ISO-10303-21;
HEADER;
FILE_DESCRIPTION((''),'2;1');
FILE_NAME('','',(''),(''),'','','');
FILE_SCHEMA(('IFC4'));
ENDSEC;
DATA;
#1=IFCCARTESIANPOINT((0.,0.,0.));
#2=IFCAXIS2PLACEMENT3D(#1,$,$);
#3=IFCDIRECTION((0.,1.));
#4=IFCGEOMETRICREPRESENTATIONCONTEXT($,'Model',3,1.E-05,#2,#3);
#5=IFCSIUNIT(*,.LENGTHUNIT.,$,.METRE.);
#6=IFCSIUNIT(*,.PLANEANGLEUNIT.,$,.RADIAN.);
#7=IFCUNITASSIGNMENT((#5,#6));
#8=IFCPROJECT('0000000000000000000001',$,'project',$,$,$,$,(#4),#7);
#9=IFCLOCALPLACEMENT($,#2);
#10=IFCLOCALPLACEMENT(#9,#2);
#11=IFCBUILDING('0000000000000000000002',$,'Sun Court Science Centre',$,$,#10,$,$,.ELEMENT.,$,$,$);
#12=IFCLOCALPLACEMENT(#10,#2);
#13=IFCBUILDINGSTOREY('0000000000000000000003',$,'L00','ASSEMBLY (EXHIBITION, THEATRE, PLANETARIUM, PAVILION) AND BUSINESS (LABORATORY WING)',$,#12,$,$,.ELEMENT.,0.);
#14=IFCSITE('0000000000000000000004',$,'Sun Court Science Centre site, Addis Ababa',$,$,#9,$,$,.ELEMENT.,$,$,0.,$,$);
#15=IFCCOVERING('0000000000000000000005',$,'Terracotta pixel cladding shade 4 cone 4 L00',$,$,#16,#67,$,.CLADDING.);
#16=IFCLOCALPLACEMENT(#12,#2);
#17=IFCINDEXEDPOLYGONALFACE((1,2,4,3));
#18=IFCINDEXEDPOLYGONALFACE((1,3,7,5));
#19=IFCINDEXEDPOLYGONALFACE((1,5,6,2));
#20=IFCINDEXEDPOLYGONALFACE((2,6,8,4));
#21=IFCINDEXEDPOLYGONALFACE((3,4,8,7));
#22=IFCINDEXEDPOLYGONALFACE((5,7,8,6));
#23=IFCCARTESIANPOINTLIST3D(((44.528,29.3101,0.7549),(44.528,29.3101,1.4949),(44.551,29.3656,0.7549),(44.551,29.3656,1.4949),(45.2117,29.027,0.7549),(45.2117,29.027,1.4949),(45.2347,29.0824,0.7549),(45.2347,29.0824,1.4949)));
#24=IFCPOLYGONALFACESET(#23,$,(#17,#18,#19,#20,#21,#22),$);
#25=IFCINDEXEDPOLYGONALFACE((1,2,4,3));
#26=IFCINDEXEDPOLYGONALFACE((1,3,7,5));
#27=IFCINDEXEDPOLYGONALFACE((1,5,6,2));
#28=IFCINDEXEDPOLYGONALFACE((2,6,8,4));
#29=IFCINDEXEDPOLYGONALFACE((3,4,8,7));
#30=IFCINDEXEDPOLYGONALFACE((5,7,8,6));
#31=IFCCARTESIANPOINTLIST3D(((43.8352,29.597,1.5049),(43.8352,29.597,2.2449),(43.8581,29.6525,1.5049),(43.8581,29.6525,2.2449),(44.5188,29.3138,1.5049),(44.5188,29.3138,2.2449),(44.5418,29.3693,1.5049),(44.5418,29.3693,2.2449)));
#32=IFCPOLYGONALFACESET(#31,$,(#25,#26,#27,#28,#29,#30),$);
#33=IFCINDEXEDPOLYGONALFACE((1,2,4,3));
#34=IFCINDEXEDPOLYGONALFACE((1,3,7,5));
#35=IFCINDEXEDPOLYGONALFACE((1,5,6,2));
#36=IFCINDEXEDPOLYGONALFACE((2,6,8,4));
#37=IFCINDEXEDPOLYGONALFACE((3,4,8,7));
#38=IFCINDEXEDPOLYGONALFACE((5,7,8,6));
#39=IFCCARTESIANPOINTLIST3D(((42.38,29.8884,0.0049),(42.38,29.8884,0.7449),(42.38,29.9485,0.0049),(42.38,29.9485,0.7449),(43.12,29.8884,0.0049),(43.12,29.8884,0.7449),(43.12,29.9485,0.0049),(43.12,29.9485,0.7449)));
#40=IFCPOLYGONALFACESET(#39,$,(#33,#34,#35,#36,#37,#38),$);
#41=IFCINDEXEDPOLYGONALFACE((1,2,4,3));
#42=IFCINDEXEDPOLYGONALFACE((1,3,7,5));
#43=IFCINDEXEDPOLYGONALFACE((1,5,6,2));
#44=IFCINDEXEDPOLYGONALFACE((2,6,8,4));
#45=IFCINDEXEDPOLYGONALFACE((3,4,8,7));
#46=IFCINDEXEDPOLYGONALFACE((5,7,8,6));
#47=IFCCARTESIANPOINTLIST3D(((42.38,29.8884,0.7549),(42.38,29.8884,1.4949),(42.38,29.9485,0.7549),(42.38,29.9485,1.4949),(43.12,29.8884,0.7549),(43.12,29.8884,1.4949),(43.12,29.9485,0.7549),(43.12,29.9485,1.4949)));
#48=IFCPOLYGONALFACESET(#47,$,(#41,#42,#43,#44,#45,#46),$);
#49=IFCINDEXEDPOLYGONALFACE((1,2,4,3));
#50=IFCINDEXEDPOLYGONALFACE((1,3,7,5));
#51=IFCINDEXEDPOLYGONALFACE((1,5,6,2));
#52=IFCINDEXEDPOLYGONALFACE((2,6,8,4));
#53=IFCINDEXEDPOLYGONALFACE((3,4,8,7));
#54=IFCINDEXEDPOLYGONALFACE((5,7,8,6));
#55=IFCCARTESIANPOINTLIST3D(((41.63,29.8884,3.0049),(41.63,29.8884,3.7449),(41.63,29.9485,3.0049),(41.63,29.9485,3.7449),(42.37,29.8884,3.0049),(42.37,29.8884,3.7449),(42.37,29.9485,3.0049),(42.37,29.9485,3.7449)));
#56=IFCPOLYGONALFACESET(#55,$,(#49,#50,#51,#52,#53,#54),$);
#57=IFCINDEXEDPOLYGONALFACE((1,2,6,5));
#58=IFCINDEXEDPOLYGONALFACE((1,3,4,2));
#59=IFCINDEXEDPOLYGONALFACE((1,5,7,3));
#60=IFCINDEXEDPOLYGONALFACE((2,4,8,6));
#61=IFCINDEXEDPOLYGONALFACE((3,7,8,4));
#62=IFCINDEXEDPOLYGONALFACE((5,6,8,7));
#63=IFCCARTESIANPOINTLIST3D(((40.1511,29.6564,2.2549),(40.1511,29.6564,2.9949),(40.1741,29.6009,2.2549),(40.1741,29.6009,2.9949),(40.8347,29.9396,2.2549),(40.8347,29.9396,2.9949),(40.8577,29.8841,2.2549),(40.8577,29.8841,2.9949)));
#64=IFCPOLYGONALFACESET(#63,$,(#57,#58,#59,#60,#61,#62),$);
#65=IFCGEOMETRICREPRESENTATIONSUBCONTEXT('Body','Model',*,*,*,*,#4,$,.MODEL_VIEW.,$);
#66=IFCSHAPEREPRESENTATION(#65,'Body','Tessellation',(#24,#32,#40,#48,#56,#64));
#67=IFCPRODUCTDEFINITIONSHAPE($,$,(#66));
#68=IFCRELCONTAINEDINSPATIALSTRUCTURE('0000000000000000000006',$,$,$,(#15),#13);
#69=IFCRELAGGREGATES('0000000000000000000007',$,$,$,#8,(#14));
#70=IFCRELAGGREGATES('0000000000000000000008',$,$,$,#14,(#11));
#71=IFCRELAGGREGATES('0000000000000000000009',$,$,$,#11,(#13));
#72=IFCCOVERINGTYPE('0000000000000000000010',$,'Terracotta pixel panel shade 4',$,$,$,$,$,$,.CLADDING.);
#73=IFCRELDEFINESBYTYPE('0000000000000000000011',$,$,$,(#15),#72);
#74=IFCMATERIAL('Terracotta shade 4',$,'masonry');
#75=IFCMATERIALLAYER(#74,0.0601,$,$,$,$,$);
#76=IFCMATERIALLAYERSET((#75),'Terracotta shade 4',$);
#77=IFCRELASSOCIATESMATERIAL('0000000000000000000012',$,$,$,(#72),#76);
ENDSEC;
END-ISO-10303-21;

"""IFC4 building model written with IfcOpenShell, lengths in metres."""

from ifc_helpers import new_model, si_unit, direction, frame, origin, origin_2d, place, context, subcontext, project, spatial, rectangle, extrude, material, layer, layer_set, type_object, element, save


model = new_model("IFC4")

# Units and contexts
model_context = context("Model", 3, precision=1e-05, world=origin(), true_north=direction((0.0, 1.0)))
body_context = subcontext(model_context, "Body", "Model", "MODEL_VIEW")
ifc_project = project(units=[si_unit("LENGTHUNIT", "METRE"), si_unit("PLANEANGLEUNIT", "RADIAN")], contexts=[model_context])

# Site, building, storey
site_placement = place(None, origin())
site = spatial("IfcSite", under=ifc_project, at=site_placement, Name="Sun Court Science Centre site, Addis Ababa", CompositionType="ELEMENT", RefElevation=0.0)
building_placement = place(site_placement, origin())
building = spatial("IfcBuilding", under=site, at=building_placement, Name="Sun Court Science Centre", CompositionType="ELEMENT")
storey_placement = place(building_placement, origin())
storey = spatial("IfcBuildingStorey", under=building, at=storey_placement, Name="L00", Description="ASSEMBLY (EXHIBITION, THEATRE, PLANETARIUM, PAVILION) AND BUSINESS (LABORATORY WING)", CompositionType="ELEMENT", Elevation=0.0)

# Covering
ifc_material_1 = material(Name="Terracotta shade 4", Category="masonry")
ifc_layer_1 = layer(ifc_material_1, 0.0601)
ifc_layer_set_1 = layer_set([ifc_layer_1], Name="Terracotta shade 4")
covering_type_1 = type_object("IfcCoveringType", Name="Terracotta pixel panel shade 4", PredefinedType="CLADDING", material=ifc_layer_set_1)
covering_1_placement = place(storey_placement, origin())
element("IfcCovering", 1, at=covering_1_placement, inside=storey, type_object=covering_type_1, Name="Terracotta pixel cladding shade 4 cone 4 L00", PredefinedType="CLADDING", context=body_context, shape_type="SweptSolid", body=[
    extrude(rectangle(XDim=0.74, YDim=0.0601, at=origin_2d()), frame((44.8813, 29.1963, 0.7549), z_axis=(0.0, 0.0, 1.0), x_axis=(0.92388, -0.382683, 0.0)), (0.0, 0.0, 1.0), 0.74),
    extrude(rectangle(XDim=0.74, YDim=0.0601, at=origin_2d()), frame((44.1885, 29.4832, 1.5049), z_axis=(0.0, 0.0, 1.0), x_axis=(0.92388, -0.382683, 0.0)), (0.0, 0.0, 1.0), 0.74),
    extrude(rectangle(XDim=0.74, YDim=0.0601, at=origin_2d()), frame((42.75, 29.9185, 0.0049), z_axis=(0.0, 0.0, 1.0), x_axis=(1.0, 0.0, 0.0)), (0.0, 0.0, 1.0), 0.74),
    extrude(rectangle(XDim=0.74, YDim=0.0601, at=origin_2d()), frame((42.75, 29.9185, 0.7549), z_axis=(0.0, 0.0, 1.0), x_axis=(1.0, 0.0, 0.0)), (0.0, 0.0, 1.0), 0.74),
    extrude(rectangle(XDim=0.74, YDim=0.0601, at=origin_2d()), frame((42.0, 29.9185, 3.0049), z_axis=(0.0, 0.0, 1.0), x_axis=(1.0, 0.0, 0.0)), (0.0, 0.0, 1.0), 0.74),
    extrude(rectangle(XDim=0.74, YDim=0.0601, at=origin_2d()), frame((40.5044, 29.7703, 2.2549), z_axis=(0.0, 0.0, 1.0), x_axis=(0.92388, 0.382683, 0.0)), (0.0, 0.0, 1.0), 0.74),
])

save(model, "model.ifc")
